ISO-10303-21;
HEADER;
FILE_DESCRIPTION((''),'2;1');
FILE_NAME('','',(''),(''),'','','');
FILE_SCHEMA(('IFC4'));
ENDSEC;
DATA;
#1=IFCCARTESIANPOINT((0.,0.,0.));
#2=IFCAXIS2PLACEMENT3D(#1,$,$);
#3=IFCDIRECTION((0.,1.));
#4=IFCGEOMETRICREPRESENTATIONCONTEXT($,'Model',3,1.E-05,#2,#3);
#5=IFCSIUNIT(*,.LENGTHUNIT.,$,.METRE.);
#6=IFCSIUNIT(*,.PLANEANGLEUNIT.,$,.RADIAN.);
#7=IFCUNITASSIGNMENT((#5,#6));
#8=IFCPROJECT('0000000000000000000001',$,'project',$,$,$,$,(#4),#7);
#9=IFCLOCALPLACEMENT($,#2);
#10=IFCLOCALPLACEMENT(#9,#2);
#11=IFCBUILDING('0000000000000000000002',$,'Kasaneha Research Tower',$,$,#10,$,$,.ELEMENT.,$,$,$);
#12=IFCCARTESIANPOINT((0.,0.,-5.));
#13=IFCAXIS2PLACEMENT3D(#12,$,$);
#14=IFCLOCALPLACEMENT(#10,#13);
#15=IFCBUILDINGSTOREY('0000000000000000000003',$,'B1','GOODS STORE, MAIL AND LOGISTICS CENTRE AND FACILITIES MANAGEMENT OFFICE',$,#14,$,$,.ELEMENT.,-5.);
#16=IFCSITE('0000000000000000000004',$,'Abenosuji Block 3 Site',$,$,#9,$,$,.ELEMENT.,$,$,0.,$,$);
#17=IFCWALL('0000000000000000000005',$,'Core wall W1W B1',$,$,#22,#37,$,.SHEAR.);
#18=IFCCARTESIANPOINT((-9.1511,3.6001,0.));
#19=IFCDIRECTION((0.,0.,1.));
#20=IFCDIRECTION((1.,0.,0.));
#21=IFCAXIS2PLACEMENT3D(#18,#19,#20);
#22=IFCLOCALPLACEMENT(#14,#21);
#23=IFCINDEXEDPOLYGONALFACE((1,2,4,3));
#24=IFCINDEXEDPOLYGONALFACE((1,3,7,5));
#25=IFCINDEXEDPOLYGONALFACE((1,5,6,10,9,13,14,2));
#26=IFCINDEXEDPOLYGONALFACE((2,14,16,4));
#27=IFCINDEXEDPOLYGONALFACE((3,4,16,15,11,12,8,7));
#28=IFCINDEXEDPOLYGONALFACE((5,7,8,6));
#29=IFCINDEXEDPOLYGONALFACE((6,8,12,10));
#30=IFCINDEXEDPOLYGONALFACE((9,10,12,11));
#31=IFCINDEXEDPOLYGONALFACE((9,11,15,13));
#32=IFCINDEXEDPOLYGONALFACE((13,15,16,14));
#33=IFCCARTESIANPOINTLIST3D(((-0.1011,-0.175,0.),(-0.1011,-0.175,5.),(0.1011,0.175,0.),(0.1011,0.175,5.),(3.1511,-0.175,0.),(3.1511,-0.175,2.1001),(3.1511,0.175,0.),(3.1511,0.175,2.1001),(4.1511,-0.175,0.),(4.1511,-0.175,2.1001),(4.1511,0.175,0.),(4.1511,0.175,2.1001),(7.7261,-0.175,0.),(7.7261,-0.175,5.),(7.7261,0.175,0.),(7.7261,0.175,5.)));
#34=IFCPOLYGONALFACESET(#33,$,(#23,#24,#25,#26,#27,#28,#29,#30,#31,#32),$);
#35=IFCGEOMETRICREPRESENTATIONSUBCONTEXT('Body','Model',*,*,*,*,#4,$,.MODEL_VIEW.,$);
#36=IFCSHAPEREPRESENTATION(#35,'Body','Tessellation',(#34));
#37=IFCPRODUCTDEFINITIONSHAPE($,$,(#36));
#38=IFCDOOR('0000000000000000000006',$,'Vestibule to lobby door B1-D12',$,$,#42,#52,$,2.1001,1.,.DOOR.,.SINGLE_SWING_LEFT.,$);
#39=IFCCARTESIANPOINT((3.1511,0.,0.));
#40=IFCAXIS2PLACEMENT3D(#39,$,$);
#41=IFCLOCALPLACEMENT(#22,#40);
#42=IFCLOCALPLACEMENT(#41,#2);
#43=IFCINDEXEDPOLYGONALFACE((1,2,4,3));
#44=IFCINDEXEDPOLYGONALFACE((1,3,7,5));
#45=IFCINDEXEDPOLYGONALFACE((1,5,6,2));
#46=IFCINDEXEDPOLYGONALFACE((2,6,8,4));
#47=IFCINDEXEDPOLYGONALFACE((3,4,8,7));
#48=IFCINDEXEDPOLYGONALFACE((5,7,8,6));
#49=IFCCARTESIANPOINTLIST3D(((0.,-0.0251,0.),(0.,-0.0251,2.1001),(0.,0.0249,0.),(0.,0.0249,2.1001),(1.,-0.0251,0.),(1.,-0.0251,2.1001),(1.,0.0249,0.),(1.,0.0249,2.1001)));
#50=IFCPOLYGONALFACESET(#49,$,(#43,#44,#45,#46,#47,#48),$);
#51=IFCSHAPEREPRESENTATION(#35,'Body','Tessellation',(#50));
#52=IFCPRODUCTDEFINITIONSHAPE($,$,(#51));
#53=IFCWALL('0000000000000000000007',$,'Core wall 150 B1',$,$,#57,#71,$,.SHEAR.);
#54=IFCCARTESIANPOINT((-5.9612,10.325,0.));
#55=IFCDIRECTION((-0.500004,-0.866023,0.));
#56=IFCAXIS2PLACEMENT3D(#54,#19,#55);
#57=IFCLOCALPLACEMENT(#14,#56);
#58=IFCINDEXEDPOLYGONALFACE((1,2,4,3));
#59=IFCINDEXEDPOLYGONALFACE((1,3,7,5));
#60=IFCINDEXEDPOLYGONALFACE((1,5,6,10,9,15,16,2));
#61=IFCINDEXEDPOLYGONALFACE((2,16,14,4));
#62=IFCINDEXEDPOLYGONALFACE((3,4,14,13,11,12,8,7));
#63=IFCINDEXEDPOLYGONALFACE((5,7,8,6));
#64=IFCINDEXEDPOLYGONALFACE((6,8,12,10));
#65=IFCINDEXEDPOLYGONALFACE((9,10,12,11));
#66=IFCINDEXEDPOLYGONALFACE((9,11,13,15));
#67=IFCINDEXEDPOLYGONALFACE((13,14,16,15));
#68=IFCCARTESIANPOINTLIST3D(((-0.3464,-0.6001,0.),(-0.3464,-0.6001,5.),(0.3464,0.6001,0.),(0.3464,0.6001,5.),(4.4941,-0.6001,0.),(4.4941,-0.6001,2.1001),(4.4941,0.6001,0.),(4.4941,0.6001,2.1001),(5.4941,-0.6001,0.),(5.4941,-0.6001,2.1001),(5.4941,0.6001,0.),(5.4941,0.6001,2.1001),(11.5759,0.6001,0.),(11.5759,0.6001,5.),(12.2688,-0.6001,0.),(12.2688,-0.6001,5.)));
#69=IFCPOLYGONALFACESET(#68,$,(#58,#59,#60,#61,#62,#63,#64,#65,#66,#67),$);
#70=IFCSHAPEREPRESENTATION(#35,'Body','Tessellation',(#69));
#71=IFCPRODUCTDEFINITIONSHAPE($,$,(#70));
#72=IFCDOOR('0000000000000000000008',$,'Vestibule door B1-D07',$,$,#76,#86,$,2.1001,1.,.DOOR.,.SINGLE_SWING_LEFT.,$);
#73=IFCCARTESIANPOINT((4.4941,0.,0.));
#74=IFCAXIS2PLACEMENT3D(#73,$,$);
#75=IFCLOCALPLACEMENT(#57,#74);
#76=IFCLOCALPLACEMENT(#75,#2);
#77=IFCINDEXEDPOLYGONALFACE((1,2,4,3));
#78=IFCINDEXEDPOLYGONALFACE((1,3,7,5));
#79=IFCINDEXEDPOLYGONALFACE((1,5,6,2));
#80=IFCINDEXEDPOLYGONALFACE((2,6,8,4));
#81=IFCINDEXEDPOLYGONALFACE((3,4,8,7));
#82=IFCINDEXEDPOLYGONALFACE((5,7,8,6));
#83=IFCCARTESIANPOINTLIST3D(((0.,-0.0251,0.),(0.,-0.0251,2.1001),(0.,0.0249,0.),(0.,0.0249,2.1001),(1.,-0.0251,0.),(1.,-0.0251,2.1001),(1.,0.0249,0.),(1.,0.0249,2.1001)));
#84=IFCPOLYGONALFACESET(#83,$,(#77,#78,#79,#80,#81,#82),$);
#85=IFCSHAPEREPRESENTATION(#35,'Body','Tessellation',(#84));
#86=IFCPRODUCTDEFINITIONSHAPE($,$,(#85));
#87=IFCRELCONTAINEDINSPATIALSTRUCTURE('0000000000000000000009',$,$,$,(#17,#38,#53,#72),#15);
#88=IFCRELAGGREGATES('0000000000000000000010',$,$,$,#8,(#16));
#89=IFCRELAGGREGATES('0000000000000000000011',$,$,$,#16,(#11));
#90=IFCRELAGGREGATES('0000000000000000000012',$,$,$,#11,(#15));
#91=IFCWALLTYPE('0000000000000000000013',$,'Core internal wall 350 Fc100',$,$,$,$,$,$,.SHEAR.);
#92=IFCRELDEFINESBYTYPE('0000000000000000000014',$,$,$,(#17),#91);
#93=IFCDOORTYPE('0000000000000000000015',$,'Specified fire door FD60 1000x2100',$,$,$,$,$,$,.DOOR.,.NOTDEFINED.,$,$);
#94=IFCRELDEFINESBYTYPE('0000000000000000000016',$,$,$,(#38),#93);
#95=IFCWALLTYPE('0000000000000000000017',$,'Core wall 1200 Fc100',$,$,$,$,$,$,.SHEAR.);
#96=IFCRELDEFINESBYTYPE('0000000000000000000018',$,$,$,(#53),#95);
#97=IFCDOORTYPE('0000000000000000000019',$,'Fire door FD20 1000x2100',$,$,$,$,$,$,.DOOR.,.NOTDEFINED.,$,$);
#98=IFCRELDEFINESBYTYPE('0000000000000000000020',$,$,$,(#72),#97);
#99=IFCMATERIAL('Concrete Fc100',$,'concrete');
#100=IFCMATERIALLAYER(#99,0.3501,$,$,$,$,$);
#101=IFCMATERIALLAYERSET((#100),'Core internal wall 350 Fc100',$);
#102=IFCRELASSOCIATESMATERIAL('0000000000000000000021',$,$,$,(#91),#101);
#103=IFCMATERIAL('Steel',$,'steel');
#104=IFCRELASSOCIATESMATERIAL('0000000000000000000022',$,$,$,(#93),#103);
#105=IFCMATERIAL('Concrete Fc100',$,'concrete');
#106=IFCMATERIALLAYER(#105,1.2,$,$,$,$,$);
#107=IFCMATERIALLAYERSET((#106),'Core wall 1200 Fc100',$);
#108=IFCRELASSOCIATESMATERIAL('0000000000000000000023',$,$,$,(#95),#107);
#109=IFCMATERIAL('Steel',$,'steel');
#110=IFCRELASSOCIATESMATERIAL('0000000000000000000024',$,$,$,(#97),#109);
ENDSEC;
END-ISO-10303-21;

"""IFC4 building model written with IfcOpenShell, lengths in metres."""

from ifc_helpers import new_model, si_unit, direction, frame, frame_2d, origin, place, context, subcontext, project, spatial, polyline, rectangle, outline, extrude, material, layer, layer_set, type_object, element, fill, save


model = new_model("IFC4")

# Units and contexts
model_context = context("Model", 3, precision=1e-05, world=origin(), true_north=direction((0.0, 1.0)))
body_context = subcontext(model_context, "Body", "Model", "MODEL_VIEW")
ifc_project = project(units=[si_unit("LENGTHUNIT", "METRE"), si_unit("PLANEANGLEUNIT", "RADIAN")], contexts=[model_context])

# Site, building, storey
site_placement = place(None, origin())
site = spatial("IfcSite", under=ifc_project, at=site_placement, Name="Abenosuji Block 3 Site", CompositionType="ELEMENT", RefElevation=0.0)
building_placement = place(site_placement, origin())
building = spatial("IfcBuilding", under=site, at=building_placement, Name="Kasaneha Research Tower", CompositionType="ELEMENT")
storey_placement = place(building_placement, frame((0.0, 0.0, -5.0)))
storey = spatial("IfcBuildingStorey", under=building, at=storey_placement, Name="B1", Description="GOODS STORE, MAIL AND LOGISTICS CENTRE AND FACILITIES MANAGEMENT OFFICE", CompositionType="ELEMENT", Elevation=-5.0)

# Wall, opening, door
ifc_material_1 = material(Name="Concrete Fc100", Category="concrete")
ifc_layer_1 = layer(ifc_material_1, 0.3501)
ifc_layer_set_1 = layer_set([ifc_layer_1], Name="Core internal wall 350 Fc100")
wall_type_1 = type_object("IfcWallType", Name="Core internal wall 350 Fc100", PredefinedType="SHEAR", material=ifc_layer_set_1)
wall_1_placement = place(storey_placement, frame((-9.1511, 3.6001, 0.0), z_axis=(0.0, 0.0, 1.0), x_axis=(1.0, 0.0, 0.0)))
wall_1 = element("IfcWall", 1, at=wall_1_placement, inside=storey, type_object=wall_type_1, Name="Core wall W1W B1", PredefinedType="SHEAR", context=body_context, shape_type="SweptSolid", body=[
    extrude(outline(polyline([(-0.1011, -0.175), (3.1511, -0.175), (4.1511, -0.175), (7.7261, -0.175), (7.7261, 0.175), (4.1511, 0.175), (3.1511, 0.175), (0.1011, 0.175), (-0.1011, -0.175)])), origin(), (0.0, 0.0, 1.0), 5.0),
])
opening_1_placement = place(wall_1_placement, frame((3.1511, 0.0, 0.0)))
opening_1 = element("IfcOpeningElement", 2, at=opening_1_placement, cuts=wall_1, PredefinedType="OPENING", context=body_context, shape_type="SweptSolid", body=[
    extrude(rectangle(XDim=1.0, YDim=2.1001, at=frame_2d((0.5, 1.05))), frame((0.0, 0.1851, 0.0), z_axis=(0.0, -1.0, 0.0), x_axis=(1.0, 0.0, 0.0)), (0.0, 0.0, 1.0), 0.3701),
])
ifc_material_2 = material(Name="Steel", Category="steel")
door_type_1 = type_object("IfcDoorType", Name="Specified fire door FD60 1000x2100", OperationType="NOTDEFINED", PredefinedType="DOOR", material=ifc_material_2)
door_1_placement = place(opening_1_placement, origin())
door_1 = element("IfcDoor", 3, at=door_1_placement, inside=storey, type_object=door_type_1, Name="Vestibule to lobby door B1-D12", OperationType="SINGLE_SWING_LEFT", OverallHeight=2.1001, OverallWidth=1.0, PredefinedType="DOOR", context=body_context, shape_type="SweptSolid", body=[
    extrude(rectangle(XDim=1.0, YDim=2.1001, at=frame_2d((0.5, 1.05))), frame((0.0, 0.0249, 0.0), z_axis=(0.0, -1.0, 0.0), x_axis=(1.0, 0.0, 0.0)), (0.0, 0.0, 1.0), 0.05),
])
fill(opening_1, door_1)

# Wall, opening, door
ifc_material_3 = material(Name="Concrete Fc100", Category="concrete")
ifc_layer_2 = layer(ifc_material_3, 1.2)
ifc_layer_set_2 = layer_set([ifc_layer_2], Name="Core wall 1200 Fc100")
wall_type_2 = type_object("IfcWallType", Name="Core wall 1200 Fc100", PredefinedType="SHEAR", material=ifc_layer_set_2)
wall_2_placement = place(storey_placement, frame((-5.9612, 10.325, 0.0), z_axis=(0.0, 0.0, 1.0), x_axis=(-0.500004, -0.866023, 0.0)))
wall_2 = element("IfcWall", 4, at=wall_2_placement, inside=storey, type_object=wall_type_2, Name="Core wall 150 B1", PredefinedType="SHEAR", context=body_context, shape_type="SweptSolid", body=[
    extrude(outline(polyline([(-0.3464, -0.6001), (4.4941, -0.6001), (5.4941, -0.6001), (12.2688, -0.6001), (11.5759, 0.6001), (5.4941, 0.6001), (4.4941, 0.6001), (0.3464, 0.6001), (-0.3464, -0.6001)])), origin(), (0.0, 0.0, 1.0), 5.0),
])
opening_2_placement = place(wall_2_placement, frame((4.4941, 0.0, 0.0)))
opening_2 = element("IfcOpeningElement", 5, at=opening_2_placement, cuts=wall_2, PredefinedType="OPENING", context=body_context, shape_type="SweptSolid", body=[
    extrude(rectangle(XDim=1.0, YDim=2.1001, at=frame_2d((0.5, 1.05))), frame((0.0, 0.6099, 0.0), z_axis=(0.0, -1.0, 0.0), x_axis=(1.0, 0.0, 0.0)), (0.0, 0.0, 1.0), 1.22),
])
ifc_material_4 = material(Name="Steel", Category="steel")
door_type_2 = type_object("IfcDoorType", Name="Fire door FD20 1000x2100", OperationType="NOTDEFINED", PredefinedType="DOOR", material=ifc_material_4)
door_2_placement = place(opening_2_placement, origin())
door_2 = element("IfcDoor", 6, at=door_2_placement, inside=storey, type_object=door_type_2, Name="Vestibule door B1-D07", OperationType="SINGLE_SWING_LEFT", OverallHeight=2.1001, OverallWidth=1.0, PredefinedType="DOOR", context=body_context, shape_type="SweptSolid", body=[
    extrude(rectangle(XDim=1.0, YDim=2.1001, at=frame_2d((0.5, 1.05))), frame((0.0, 0.0249, 0.0), z_axis=(0.0, -1.0, 0.0), x_axis=(1.0, 0.0, 0.0)), (0.0, 0.0, 1.0), 0.05),
])
fill(opening_2, door_2)

save(model, "model.ifc")
